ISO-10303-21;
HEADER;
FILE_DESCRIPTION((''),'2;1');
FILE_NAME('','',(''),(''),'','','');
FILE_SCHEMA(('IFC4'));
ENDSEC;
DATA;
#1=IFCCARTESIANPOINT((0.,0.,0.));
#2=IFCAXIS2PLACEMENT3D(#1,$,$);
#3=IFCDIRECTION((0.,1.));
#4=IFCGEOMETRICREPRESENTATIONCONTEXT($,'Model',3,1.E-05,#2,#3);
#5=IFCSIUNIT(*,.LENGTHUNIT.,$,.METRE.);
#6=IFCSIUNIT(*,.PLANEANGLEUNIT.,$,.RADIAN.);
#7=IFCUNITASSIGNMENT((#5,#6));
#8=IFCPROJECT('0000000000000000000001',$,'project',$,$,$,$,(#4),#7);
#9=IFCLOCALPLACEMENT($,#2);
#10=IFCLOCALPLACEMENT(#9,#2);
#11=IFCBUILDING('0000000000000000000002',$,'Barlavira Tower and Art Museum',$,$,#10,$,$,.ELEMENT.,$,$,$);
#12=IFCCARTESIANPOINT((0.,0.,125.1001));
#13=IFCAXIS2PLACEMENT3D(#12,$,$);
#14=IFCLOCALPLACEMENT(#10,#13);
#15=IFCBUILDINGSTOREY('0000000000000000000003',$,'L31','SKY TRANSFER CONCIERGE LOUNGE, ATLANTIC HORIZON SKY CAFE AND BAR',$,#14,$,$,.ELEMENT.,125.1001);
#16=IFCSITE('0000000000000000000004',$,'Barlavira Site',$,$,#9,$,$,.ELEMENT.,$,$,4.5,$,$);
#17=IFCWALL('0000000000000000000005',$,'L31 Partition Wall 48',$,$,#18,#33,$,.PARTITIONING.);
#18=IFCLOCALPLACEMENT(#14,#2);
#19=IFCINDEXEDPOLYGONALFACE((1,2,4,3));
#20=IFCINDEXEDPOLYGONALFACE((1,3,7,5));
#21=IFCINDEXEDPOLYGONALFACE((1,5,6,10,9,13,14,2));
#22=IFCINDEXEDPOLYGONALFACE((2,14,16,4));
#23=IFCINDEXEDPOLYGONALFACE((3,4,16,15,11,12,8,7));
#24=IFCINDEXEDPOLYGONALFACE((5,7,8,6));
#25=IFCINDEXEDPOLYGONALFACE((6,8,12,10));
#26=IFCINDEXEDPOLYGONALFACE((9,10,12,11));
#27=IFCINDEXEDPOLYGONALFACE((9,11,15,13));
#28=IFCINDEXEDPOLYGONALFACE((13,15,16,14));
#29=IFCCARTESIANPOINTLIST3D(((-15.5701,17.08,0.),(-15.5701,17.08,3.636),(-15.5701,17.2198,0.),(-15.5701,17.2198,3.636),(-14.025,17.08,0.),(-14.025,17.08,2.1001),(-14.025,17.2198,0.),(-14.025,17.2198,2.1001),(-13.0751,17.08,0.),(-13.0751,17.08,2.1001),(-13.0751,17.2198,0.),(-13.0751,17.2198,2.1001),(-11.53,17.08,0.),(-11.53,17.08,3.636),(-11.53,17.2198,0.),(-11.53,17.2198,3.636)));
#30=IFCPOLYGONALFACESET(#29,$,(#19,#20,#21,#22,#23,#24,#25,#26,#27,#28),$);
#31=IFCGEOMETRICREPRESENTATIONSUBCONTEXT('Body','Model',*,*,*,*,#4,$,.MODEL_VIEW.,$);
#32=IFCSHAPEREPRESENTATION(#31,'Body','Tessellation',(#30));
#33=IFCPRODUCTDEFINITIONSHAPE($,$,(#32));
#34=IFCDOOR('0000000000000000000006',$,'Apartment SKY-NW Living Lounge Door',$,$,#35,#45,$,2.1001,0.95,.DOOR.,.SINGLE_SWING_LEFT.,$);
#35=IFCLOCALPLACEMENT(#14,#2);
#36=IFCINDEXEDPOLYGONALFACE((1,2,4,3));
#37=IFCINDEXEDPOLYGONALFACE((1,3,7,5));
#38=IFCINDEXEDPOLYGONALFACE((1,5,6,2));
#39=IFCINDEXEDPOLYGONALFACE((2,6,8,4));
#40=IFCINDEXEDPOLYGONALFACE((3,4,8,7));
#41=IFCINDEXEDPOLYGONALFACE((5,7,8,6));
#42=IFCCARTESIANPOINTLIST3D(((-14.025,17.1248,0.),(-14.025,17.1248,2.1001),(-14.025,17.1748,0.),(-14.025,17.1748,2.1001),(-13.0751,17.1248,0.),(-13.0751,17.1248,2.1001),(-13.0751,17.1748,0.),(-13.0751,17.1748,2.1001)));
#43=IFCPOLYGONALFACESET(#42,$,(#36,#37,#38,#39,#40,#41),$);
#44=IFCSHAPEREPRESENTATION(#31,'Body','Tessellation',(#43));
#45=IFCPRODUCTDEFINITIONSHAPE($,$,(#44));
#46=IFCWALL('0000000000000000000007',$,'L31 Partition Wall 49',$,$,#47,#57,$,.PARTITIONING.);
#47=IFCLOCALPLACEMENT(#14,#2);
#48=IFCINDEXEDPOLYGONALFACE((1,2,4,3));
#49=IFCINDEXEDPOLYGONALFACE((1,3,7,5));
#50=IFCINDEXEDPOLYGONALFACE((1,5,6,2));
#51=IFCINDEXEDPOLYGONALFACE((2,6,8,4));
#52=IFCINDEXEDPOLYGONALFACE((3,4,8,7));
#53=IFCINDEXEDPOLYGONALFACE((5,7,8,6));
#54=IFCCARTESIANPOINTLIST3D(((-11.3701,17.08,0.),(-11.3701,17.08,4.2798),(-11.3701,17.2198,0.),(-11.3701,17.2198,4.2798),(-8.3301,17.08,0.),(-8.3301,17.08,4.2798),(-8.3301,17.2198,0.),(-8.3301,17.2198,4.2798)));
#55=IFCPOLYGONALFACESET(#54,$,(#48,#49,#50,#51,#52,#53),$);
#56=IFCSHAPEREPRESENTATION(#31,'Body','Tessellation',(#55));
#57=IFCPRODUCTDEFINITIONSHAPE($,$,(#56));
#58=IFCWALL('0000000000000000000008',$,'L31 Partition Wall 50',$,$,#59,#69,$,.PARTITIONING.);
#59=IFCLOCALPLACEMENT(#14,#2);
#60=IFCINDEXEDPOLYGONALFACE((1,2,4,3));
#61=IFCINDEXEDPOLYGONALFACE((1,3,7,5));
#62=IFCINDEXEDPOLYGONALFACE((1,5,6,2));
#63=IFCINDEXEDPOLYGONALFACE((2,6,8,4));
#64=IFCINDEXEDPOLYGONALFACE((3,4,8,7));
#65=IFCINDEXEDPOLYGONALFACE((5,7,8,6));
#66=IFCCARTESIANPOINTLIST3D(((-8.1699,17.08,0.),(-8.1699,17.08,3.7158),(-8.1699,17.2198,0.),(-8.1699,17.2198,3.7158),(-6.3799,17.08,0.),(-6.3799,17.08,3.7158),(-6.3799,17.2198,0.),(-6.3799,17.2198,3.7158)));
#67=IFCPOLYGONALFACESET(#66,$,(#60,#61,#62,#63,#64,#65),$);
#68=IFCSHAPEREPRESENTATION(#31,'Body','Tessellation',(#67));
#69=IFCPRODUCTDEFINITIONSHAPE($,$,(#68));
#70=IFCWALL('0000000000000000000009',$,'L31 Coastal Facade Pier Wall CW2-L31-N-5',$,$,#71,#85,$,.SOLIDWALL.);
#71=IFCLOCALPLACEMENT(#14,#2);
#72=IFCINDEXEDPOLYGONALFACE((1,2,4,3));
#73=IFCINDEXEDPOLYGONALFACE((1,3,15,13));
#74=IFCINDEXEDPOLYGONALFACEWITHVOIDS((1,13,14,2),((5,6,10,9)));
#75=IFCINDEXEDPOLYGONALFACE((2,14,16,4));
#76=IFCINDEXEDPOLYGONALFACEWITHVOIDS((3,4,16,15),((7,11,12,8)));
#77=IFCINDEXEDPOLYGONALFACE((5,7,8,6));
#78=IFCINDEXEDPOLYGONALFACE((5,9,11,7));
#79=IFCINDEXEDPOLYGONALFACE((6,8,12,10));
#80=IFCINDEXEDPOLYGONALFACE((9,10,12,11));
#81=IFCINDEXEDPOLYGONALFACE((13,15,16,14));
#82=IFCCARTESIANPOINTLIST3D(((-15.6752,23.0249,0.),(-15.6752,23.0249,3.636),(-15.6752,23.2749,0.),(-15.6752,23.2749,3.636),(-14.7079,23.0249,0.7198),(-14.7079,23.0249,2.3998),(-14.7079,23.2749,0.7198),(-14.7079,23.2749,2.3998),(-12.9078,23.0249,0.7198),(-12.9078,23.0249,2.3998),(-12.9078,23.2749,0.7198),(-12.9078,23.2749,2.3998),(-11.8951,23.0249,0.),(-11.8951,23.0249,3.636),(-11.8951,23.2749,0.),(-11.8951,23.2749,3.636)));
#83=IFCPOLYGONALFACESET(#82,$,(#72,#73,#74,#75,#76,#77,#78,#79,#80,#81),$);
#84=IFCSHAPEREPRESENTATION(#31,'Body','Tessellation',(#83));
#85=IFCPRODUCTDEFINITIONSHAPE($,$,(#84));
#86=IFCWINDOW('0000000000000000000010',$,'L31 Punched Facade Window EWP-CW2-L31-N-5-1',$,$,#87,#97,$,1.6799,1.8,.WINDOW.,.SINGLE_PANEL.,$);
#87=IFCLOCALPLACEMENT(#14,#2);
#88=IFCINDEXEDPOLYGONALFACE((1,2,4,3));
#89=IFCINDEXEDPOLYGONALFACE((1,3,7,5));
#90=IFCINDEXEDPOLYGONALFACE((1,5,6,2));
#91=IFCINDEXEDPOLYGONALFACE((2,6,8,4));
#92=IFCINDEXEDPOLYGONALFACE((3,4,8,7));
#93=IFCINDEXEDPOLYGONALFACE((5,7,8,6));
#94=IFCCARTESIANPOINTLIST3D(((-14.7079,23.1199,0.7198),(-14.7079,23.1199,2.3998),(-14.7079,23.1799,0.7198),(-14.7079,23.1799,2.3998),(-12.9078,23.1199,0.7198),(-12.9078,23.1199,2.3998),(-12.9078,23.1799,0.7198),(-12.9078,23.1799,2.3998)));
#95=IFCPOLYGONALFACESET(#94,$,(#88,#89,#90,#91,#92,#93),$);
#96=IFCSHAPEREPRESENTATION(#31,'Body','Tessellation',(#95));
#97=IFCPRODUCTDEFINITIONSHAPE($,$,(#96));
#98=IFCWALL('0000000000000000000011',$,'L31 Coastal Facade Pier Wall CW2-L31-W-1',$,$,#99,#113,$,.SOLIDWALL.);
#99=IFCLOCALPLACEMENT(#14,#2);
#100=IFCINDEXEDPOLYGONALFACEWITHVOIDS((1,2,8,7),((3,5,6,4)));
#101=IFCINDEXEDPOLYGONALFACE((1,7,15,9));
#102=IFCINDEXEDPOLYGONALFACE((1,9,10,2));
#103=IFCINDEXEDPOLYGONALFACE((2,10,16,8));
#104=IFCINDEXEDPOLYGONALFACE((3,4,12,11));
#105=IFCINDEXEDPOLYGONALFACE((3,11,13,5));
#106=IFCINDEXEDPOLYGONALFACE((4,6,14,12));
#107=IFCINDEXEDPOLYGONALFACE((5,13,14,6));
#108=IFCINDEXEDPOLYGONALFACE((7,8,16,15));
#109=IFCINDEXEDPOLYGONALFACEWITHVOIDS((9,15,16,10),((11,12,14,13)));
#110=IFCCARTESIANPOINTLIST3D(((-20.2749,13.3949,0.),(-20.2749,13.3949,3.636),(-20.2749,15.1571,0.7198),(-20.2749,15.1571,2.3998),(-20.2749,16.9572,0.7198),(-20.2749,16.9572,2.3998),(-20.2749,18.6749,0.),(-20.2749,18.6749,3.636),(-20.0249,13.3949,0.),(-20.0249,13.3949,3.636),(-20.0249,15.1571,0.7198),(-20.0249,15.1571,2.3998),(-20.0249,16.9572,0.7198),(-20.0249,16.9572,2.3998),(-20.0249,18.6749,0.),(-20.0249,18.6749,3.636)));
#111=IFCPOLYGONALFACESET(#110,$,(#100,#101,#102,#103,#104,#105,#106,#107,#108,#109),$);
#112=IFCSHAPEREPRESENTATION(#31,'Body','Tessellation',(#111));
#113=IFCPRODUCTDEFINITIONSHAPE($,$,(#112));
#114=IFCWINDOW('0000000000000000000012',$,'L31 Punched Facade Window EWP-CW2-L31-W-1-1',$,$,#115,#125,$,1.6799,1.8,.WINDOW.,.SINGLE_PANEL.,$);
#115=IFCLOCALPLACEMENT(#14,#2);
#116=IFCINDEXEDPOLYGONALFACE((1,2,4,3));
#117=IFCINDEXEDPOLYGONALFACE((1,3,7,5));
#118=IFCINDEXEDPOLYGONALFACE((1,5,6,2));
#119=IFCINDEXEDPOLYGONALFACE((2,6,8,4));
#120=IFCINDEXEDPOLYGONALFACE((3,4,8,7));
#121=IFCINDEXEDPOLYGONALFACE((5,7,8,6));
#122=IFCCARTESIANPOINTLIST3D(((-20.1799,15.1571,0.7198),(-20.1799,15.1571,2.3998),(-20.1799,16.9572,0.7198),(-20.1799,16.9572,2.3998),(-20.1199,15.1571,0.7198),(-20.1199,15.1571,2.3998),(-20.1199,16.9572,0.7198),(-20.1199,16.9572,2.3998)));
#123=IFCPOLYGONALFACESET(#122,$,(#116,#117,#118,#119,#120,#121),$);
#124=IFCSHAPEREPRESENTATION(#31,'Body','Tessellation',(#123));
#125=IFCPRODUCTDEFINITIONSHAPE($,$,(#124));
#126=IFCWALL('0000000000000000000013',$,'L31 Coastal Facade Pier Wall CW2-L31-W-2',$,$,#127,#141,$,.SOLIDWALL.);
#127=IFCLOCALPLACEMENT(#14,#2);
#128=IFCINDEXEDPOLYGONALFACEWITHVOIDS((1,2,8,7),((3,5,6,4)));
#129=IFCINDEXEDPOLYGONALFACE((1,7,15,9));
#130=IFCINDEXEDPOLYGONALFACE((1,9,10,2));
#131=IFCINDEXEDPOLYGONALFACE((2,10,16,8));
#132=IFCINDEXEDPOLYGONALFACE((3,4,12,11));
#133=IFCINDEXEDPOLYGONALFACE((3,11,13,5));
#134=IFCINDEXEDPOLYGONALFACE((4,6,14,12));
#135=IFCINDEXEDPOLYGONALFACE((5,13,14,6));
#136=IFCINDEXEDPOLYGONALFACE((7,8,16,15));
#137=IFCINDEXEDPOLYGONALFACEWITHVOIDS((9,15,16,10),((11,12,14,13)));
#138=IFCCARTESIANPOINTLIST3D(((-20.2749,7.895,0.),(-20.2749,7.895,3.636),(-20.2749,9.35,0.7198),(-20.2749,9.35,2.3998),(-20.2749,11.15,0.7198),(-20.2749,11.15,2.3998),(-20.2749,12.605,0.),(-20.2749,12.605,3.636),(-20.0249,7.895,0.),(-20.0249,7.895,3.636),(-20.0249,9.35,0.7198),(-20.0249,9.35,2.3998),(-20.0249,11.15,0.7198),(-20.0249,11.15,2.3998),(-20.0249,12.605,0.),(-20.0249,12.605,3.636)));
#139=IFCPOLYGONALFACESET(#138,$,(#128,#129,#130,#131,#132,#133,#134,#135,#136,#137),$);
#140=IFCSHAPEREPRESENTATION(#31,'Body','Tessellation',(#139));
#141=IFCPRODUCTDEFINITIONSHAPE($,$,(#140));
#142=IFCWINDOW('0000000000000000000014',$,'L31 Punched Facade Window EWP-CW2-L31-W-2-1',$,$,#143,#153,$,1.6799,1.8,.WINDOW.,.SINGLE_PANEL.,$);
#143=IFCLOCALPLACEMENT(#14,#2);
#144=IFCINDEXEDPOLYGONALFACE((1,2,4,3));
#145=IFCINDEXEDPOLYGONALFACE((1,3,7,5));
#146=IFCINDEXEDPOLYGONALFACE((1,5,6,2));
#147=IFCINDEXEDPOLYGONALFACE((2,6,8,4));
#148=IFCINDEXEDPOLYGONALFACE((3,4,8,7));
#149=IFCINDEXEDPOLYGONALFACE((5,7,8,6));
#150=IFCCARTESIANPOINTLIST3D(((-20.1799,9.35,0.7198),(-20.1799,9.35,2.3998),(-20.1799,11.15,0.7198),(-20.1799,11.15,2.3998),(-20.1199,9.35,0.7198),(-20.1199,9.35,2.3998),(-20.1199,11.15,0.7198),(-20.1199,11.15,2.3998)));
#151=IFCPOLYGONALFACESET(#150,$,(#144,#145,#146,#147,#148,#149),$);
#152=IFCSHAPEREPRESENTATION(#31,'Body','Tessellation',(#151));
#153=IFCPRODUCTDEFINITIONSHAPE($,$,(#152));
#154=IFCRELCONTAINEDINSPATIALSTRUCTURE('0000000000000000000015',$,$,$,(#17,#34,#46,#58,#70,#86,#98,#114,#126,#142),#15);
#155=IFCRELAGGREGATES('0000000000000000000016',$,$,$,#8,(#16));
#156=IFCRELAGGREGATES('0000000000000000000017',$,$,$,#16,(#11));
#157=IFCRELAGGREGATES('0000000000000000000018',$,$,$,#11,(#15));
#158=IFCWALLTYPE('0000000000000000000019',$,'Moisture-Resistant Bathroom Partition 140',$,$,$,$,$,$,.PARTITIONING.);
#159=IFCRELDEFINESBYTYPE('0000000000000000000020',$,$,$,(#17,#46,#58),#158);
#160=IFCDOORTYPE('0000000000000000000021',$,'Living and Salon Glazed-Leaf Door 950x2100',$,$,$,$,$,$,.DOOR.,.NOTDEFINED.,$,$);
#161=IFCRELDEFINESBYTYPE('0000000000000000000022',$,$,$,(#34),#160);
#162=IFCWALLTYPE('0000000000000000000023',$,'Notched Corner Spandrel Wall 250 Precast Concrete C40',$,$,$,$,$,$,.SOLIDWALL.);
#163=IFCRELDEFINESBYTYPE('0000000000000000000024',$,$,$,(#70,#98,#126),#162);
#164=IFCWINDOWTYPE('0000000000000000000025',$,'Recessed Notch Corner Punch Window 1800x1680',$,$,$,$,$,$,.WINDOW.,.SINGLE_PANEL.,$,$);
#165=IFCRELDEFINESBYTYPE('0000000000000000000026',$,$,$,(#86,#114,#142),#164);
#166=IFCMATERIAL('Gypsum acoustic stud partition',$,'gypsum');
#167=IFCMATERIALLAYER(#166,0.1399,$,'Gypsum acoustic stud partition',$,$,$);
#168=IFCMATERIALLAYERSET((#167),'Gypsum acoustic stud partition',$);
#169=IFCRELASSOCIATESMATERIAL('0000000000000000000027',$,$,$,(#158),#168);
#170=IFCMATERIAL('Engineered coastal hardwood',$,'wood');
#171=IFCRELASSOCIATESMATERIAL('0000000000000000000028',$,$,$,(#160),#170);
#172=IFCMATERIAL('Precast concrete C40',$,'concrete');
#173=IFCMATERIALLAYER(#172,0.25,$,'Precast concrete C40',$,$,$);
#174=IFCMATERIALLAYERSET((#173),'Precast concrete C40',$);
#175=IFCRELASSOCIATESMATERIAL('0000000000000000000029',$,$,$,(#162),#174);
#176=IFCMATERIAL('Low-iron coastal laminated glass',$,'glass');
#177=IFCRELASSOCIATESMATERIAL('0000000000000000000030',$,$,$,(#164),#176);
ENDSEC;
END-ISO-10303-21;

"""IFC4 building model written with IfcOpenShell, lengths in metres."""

from ifc_helpers import new_model, si_unit, direction, frame, frame_2d, origin, place, context, subcontext, project, spatial, rectangle, extrude, material, layer, layer_set, type_object, element, fill, save


model = new_model("IFC4")

# Units and contexts
model_context = context("Model", 3, precision=1e-05, world=origin(), true_north=direction((0.0, 1.0)))
body_context = subcontext(model_context, "Body", "Model", "MODEL_VIEW")
ifc_project = project(units=[si_unit("LENGTHUNIT", "METRE"), si_unit("PLANEANGLEUNIT", "RADIAN")], contexts=[model_context])

# Site, building, storey
site_placement = place(None, origin())
site = spatial("IfcSite", under=ifc_project, at=site_placement, Name="Barlavira Site", CompositionType="ELEMENT", RefElevation=4.5)
building_placement = place(site_placement, origin())
building = spatial("IfcBuilding", under=site, at=building_placement, Name="Barlavira Tower and Art Museum", CompositionType="ELEMENT")
storey_placement = place(building_placement, frame((0.0, 0.0, 125.1001)))
storey = spatial("IfcBuildingStorey", under=building, at=storey_placement, Name="L31", Description="SKY TRANSFER CONCIERGE LOUNGE, ATLANTIC HORIZON SKY CAFE AND BAR", CompositionType="ELEMENT", Elevation=125.1001)

# Shared definitions
ifc_material_1 = material(Name="Gypsum acoustic stud partition", Category="gypsum")

# Wall, opening, door
ifc_layer_1 = layer(ifc_material_1, 0.1399, Name="Gypsum acoustic stud partition")
ifc_layer_set_1 = layer_set([ifc_layer_1], Name="Gypsum acoustic stud partition")
wall_type_1 = type_object("IfcWallType", Name="Moisture-Resistant Bathroom Partition 140", PredefinedType="PARTITIONING", material=ifc_layer_set_1)
wall_1_placement = place(storey_placement, frame((-15.5701, 17.1499, 0.0), z_axis=(0.0, 0.0, 1.0), x_axis=(1.0, 0.0, 0.0)))
wall_1 = element("IfcWall", 1, at=wall_1_placement, inside=storey, type_object=wall_type_1, Name="L31 Partition Wall 48", PredefinedType="PARTITIONING", context=body_context, shape_type="SweptSolid", body=[
    extrude(rectangle(XDim=4.04, YDim=0.1399, at=frame_2d((2.02, 0.0))), origin(), (0.0, 0.0, 1.0), 3.636),
])
opening_1_placement = place(wall_1_placement, frame((1.5449, 0.0, 0.0)))
opening_1 = element("IfcOpeningElement", 2, at=opening_1_placement, cuts=wall_1, PredefinedType="OPENING", context=body_context, shape_type="SweptSolid", body=[
    extrude(rectangle(XDim=0.95, YDim=2.1001, at=frame_2d((0.4751, 1.05))), frame((0.0, 0.0801, 0.0), z_axis=(0.0, -1.0, 0.0), x_axis=(1.0, 0.0, 0.0)), (0.0, 0.0, 1.0), 0.1599),
])
ifc_material_2 = material(Name="Engineered coastal hardwood", Category="wood")
door_type = type_object("IfcDoorType", Name="Living and Salon Glazed-Leaf Door 950x2100", OperationType="NOTDEFINED", PredefinedType="DOOR", material=ifc_material_2)
door_placement = place(opening_1_placement, origin())
door = element("IfcDoor", 3, at=door_placement, inside=storey, type_object=door_type, Name="Apartment SKY-NW Living Lounge Door", OperationType="SINGLE_SWING_LEFT", OverallHeight=2.1001, OverallWidth=0.95, PredefinedType="DOOR", context=body_context, shape_type="SweptSolid", body=[
    extrude(rectangle(XDim=0.95, YDim=2.1001, at=frame_2d((0.4751, 1.05))), frame((0.0, 0.0249, 0.0), z_axis=(0.0, -1.0, 0.0), x_axis=(1.0, 0.0, 0.0)), (0.0, 0.0, 1.0), 0.05),
])
fill(opening_1, door)

# Walls
wall_2_placement = place(storey_placement, frame((-11.3701, 17.1499, 0.0), z_axis=(0.0, 0.0, 1.0), x_axis=(1.0, 0.0, 0.0)))
element("IfcWall", 4, at=wall_2_placement, inside=storey, type_object=wall_type_1, Name="L31 Partition Wall 49", PredefinedType="PARTITIONING", context=body_context, shape_type="SweptSolid", body=[
    extrude(rectangle(XDim=3.04, YDim=0.1399, at=frame_2d((1.52, 0.0))), origin(), (0.0, 0.0, 1.0), 4.2798),
])
wall_3_placement = place(storey_placement, frame((-8.1699, 17.1499, 0.0), z_axis=(0.0, 0.0, 1.0), x_axis=(1.0, 0.0, 0.0)))
element("IfcWall", 5, at=wall_3_placement, inside=storey, type_object=wall_type_1, Name="L31 Partition Wall 50", PredefinedType="PARTITIONING", context=body_context, shape_type="SweptSolid", body=[
    extrude(rectangle(XDim=1.79, YDim=0.1399, at=frame_2d((0.895, 0.0))), origin(), (0.0, 0.0, 1.0), 3.7158),
])

# Walls, openings, windows
ifc_material_3 = material(Name="Precast concrete C40", Category="concrete")
ifc_layer_2 = layer(ifc_material_3, 0.25, Name="Precast concrete C40")
ifc_layer_set_2 = layer_set([ifc_layer_2], Name="Precast concrete C40")
wall_type_2 = type_object("IfcWallType", Name="Notched Corner Spandrel Wall 250 Precast Concrete C40", PredefinedType="SOLIDWALL", material=ifc_layer_set_2)
wall_4_placement = place(storey_placement, frame((-11.895, 23.1499, 0.0), z_axis=(0.0, 0.0, 1.0), x_axis=(-1.0, 0.0, 0.0)))
wall_4 = element("IfcWall", 6, at=wall_4_placement, inside=storey, type_object=wall_type_2, Name="L31 Coastal Facade Pier Wall CW2-L31-N-5", PredefinedType="SOLIDWALL", context=body_context, shape_type="SweptSolid", body=[
    extrude(rectangle(XDim=3.78, YDim=0.25, at=frame_2d((1.8901, 0.0))), origin(), (0.0, 0.0, 1.0), 3.636),
])
opening_2_placement = place(wall_4_placement, frame((1.0129, 0.0, 0.72)))
opening_2 = element("IfcOpeningElement", 7, at=opening_2_placement, cuts=wall_4, PredefinedType="OPENING", context=body_context, shape_type="SweptSolid", body=[
    extrude(rectangle(XDim=1.8, YDim=1.6799, at=frame_2d((0.8999, 0.8398))), frame((0.0, 0.135, 0.0), z_axis=(0.0, -1.0, 0.0), x_axis=(1.0, 0.0, 0.0)), (0.0, 0.0, 1.0), 0.27),
])
ifc_material_4 = material(Name="Low-iron coastal laminated glass", Category="glass")
window_type = type_object("IfcWindowType", Name="Recessed Notch Corner Punch Window 1800x1680", PartitioningType="SINGLE_PANEL", PredefinedType="WINDOW", material=ifc_material_4)
window_1_placement = place(opening_2_placement, origin())
window_1 = element("IfcWindow", 8, at=window_1_placement, inside=storey, type_object=window_type, Name="L31 Punched Facade Window EWP-CW2-L31-N-5-1", OverallHeight=1.6799, OverallWidth=1.8, PartitioningType="SINGLE_PANEL", PredefinedType="WINDOW", context=body_context, shape_type="SweptSolid", body=[
    extrude(rectangle(XDim=1.8, YDim=1.6799, at=frame_2d((0.8999, 0.8398))), frame((0.0, 0.03, 0.0), z_axis=(0.0, -1.0, 0.0), x_axis=(1.0, 0.0, 0.0)), (0.0, 0.0, 1.0), 0.0601),
])
fill(opening_2, window_1)
wall_5_placement = place(storey_placement, frame((-20.1499, 18.675, 0.0), z_axis=(0.0, 0.0, 1.0), x_axis=(0.0, -1.0, 0.0)))
wall_5 = element("IfcWall", 9, at=wall_5_placement, inside=storey, type_object=wall_type_2, Name="L31 Coastal Facade Pier Wall CW2-L31-W-1", PredefinedType="SOLIDWALL", context=body_context, shape_type="SweptSolid", body=[
    extrude(rectangle(XDim=5.28, YDim=0.25, at=frame_2d((2.6401, 0.0))), origin(), (0.0, 0.0, 1.0), 3.636),
])
opening_3_placement = place(wall_5_placement, frame((1.718, 0.0, 0.72)))
opening_3 = element("IfcOpeningElement", 10, at=opening_3_placement, cuts=wall_5, PredefinedType="OPENING", context=body_context, shape_type="SweptSolid", body=[
    extrude(rectangle(XDim=1.8, YDim=1.6799, at=frame_2d((0.8999, 0.8398))), frame((0.0, 0.135, 0.0), z_axis=(0.0, -1.0, 0.0), x_axis=(1.0, 0.0, 0.0)), (0.0, 0.0, 1.0), 0.27),
])
window_2_placement = place(opening_3_placement, origin())
window_2 = element("IfcWindow", 11, at=window_2_placement, inside=storey, type_object=window_type, Name="L31 Punched Facade Window EWP-CW2-L31-W-1-1", OverallHeight=1.6799, OverallWidth=1.8, PartitioningType="SINGLE_PANEL", PredefinedType="WINDOW", context=body_context, shape_type="SweptSolid", body=[
    extrude(rectangle(XDim=1.8, YDim=1.6799, at=frame_2d((0.8999, 0.8398))), frame((0.0, 0.03, 0.0), z_axis=(0.0, -1.0, 0.0), x_axis=(1.0, 0.0, 0.0)), (0.0, 0.0, 1.0), 0.0601),
])
fill(opening_3, window_2)
wall_6_placement = place(storey_placement, frame((-20.1499, 12.605, 0.0), z_axis=(0.0, 0.0, 1.0), x_axis=(0.0, -1.0, 0.0)))
wall_6 = element("IfcWall", 12, at=wall_6_placement, inside=storey, type_object=wall_type_2, Name="L31 Coastal Facade Pier Wall CW2-L31-W-2", PredefinedType="SOLIDWALL", context=body_context, shape_type="SweptSolid", body=[
    extrude(rectangle(XDim=4.71, YDim=0.25, at=frame_2d((2.355, 0.0))), origin(), (0.0, 0.0, 1.0), 3.636),
])
opening_4_placement = place(wall_6_placement, frame((1.4551, 0.0, 0.72)))
opening_4 = element("IfcOpeningElement", 13, at=opening_4_placement, cuts=wall_6, PredefinedType="OPENING", context=body_context, shape_type="SweptSolid", body=[
    extrude(rectangle(XDim=1.8, YDim=1.6799, at=frame_2d((0.8999, 0.8398))), frame((0.0, 0.135, 0.0), z_axis=(0.0, -1.0, 0.0), x_axis=(1.0, 0.0, 0.0)), (0.0, 0.0, 1.0), 0.27),
])
window_3_placement = place(opening_4_placement, origin())
window_3 = element("IfcWindow", 14, at=window_3_placement, inside=storey, type_object=window_type, Name="L31 Punched Facade Window EWP-CW2-L31-W-2-1", OverallHeight=1.6799, OverallWidth=1.8, PartitioningType="SINGLE_PANEL", PredefinedType="WINDOW", context=body_context, shape_type="SweptSolid", body=[
    extrude(rectangle(XDim=1.8, YDim=1.6799, at=frame_2d((0.8999, 0.8398))), frame((0.0, 0.03, 0.0), z_axis=(0.0, -1.0, 0.0), x_axis=(1.0, 0.0, 0.0)), (0.0, 0.0, 1.0), 0.0601),
])
fill(opening_4, window_3)

save(model, "model.ifc")
